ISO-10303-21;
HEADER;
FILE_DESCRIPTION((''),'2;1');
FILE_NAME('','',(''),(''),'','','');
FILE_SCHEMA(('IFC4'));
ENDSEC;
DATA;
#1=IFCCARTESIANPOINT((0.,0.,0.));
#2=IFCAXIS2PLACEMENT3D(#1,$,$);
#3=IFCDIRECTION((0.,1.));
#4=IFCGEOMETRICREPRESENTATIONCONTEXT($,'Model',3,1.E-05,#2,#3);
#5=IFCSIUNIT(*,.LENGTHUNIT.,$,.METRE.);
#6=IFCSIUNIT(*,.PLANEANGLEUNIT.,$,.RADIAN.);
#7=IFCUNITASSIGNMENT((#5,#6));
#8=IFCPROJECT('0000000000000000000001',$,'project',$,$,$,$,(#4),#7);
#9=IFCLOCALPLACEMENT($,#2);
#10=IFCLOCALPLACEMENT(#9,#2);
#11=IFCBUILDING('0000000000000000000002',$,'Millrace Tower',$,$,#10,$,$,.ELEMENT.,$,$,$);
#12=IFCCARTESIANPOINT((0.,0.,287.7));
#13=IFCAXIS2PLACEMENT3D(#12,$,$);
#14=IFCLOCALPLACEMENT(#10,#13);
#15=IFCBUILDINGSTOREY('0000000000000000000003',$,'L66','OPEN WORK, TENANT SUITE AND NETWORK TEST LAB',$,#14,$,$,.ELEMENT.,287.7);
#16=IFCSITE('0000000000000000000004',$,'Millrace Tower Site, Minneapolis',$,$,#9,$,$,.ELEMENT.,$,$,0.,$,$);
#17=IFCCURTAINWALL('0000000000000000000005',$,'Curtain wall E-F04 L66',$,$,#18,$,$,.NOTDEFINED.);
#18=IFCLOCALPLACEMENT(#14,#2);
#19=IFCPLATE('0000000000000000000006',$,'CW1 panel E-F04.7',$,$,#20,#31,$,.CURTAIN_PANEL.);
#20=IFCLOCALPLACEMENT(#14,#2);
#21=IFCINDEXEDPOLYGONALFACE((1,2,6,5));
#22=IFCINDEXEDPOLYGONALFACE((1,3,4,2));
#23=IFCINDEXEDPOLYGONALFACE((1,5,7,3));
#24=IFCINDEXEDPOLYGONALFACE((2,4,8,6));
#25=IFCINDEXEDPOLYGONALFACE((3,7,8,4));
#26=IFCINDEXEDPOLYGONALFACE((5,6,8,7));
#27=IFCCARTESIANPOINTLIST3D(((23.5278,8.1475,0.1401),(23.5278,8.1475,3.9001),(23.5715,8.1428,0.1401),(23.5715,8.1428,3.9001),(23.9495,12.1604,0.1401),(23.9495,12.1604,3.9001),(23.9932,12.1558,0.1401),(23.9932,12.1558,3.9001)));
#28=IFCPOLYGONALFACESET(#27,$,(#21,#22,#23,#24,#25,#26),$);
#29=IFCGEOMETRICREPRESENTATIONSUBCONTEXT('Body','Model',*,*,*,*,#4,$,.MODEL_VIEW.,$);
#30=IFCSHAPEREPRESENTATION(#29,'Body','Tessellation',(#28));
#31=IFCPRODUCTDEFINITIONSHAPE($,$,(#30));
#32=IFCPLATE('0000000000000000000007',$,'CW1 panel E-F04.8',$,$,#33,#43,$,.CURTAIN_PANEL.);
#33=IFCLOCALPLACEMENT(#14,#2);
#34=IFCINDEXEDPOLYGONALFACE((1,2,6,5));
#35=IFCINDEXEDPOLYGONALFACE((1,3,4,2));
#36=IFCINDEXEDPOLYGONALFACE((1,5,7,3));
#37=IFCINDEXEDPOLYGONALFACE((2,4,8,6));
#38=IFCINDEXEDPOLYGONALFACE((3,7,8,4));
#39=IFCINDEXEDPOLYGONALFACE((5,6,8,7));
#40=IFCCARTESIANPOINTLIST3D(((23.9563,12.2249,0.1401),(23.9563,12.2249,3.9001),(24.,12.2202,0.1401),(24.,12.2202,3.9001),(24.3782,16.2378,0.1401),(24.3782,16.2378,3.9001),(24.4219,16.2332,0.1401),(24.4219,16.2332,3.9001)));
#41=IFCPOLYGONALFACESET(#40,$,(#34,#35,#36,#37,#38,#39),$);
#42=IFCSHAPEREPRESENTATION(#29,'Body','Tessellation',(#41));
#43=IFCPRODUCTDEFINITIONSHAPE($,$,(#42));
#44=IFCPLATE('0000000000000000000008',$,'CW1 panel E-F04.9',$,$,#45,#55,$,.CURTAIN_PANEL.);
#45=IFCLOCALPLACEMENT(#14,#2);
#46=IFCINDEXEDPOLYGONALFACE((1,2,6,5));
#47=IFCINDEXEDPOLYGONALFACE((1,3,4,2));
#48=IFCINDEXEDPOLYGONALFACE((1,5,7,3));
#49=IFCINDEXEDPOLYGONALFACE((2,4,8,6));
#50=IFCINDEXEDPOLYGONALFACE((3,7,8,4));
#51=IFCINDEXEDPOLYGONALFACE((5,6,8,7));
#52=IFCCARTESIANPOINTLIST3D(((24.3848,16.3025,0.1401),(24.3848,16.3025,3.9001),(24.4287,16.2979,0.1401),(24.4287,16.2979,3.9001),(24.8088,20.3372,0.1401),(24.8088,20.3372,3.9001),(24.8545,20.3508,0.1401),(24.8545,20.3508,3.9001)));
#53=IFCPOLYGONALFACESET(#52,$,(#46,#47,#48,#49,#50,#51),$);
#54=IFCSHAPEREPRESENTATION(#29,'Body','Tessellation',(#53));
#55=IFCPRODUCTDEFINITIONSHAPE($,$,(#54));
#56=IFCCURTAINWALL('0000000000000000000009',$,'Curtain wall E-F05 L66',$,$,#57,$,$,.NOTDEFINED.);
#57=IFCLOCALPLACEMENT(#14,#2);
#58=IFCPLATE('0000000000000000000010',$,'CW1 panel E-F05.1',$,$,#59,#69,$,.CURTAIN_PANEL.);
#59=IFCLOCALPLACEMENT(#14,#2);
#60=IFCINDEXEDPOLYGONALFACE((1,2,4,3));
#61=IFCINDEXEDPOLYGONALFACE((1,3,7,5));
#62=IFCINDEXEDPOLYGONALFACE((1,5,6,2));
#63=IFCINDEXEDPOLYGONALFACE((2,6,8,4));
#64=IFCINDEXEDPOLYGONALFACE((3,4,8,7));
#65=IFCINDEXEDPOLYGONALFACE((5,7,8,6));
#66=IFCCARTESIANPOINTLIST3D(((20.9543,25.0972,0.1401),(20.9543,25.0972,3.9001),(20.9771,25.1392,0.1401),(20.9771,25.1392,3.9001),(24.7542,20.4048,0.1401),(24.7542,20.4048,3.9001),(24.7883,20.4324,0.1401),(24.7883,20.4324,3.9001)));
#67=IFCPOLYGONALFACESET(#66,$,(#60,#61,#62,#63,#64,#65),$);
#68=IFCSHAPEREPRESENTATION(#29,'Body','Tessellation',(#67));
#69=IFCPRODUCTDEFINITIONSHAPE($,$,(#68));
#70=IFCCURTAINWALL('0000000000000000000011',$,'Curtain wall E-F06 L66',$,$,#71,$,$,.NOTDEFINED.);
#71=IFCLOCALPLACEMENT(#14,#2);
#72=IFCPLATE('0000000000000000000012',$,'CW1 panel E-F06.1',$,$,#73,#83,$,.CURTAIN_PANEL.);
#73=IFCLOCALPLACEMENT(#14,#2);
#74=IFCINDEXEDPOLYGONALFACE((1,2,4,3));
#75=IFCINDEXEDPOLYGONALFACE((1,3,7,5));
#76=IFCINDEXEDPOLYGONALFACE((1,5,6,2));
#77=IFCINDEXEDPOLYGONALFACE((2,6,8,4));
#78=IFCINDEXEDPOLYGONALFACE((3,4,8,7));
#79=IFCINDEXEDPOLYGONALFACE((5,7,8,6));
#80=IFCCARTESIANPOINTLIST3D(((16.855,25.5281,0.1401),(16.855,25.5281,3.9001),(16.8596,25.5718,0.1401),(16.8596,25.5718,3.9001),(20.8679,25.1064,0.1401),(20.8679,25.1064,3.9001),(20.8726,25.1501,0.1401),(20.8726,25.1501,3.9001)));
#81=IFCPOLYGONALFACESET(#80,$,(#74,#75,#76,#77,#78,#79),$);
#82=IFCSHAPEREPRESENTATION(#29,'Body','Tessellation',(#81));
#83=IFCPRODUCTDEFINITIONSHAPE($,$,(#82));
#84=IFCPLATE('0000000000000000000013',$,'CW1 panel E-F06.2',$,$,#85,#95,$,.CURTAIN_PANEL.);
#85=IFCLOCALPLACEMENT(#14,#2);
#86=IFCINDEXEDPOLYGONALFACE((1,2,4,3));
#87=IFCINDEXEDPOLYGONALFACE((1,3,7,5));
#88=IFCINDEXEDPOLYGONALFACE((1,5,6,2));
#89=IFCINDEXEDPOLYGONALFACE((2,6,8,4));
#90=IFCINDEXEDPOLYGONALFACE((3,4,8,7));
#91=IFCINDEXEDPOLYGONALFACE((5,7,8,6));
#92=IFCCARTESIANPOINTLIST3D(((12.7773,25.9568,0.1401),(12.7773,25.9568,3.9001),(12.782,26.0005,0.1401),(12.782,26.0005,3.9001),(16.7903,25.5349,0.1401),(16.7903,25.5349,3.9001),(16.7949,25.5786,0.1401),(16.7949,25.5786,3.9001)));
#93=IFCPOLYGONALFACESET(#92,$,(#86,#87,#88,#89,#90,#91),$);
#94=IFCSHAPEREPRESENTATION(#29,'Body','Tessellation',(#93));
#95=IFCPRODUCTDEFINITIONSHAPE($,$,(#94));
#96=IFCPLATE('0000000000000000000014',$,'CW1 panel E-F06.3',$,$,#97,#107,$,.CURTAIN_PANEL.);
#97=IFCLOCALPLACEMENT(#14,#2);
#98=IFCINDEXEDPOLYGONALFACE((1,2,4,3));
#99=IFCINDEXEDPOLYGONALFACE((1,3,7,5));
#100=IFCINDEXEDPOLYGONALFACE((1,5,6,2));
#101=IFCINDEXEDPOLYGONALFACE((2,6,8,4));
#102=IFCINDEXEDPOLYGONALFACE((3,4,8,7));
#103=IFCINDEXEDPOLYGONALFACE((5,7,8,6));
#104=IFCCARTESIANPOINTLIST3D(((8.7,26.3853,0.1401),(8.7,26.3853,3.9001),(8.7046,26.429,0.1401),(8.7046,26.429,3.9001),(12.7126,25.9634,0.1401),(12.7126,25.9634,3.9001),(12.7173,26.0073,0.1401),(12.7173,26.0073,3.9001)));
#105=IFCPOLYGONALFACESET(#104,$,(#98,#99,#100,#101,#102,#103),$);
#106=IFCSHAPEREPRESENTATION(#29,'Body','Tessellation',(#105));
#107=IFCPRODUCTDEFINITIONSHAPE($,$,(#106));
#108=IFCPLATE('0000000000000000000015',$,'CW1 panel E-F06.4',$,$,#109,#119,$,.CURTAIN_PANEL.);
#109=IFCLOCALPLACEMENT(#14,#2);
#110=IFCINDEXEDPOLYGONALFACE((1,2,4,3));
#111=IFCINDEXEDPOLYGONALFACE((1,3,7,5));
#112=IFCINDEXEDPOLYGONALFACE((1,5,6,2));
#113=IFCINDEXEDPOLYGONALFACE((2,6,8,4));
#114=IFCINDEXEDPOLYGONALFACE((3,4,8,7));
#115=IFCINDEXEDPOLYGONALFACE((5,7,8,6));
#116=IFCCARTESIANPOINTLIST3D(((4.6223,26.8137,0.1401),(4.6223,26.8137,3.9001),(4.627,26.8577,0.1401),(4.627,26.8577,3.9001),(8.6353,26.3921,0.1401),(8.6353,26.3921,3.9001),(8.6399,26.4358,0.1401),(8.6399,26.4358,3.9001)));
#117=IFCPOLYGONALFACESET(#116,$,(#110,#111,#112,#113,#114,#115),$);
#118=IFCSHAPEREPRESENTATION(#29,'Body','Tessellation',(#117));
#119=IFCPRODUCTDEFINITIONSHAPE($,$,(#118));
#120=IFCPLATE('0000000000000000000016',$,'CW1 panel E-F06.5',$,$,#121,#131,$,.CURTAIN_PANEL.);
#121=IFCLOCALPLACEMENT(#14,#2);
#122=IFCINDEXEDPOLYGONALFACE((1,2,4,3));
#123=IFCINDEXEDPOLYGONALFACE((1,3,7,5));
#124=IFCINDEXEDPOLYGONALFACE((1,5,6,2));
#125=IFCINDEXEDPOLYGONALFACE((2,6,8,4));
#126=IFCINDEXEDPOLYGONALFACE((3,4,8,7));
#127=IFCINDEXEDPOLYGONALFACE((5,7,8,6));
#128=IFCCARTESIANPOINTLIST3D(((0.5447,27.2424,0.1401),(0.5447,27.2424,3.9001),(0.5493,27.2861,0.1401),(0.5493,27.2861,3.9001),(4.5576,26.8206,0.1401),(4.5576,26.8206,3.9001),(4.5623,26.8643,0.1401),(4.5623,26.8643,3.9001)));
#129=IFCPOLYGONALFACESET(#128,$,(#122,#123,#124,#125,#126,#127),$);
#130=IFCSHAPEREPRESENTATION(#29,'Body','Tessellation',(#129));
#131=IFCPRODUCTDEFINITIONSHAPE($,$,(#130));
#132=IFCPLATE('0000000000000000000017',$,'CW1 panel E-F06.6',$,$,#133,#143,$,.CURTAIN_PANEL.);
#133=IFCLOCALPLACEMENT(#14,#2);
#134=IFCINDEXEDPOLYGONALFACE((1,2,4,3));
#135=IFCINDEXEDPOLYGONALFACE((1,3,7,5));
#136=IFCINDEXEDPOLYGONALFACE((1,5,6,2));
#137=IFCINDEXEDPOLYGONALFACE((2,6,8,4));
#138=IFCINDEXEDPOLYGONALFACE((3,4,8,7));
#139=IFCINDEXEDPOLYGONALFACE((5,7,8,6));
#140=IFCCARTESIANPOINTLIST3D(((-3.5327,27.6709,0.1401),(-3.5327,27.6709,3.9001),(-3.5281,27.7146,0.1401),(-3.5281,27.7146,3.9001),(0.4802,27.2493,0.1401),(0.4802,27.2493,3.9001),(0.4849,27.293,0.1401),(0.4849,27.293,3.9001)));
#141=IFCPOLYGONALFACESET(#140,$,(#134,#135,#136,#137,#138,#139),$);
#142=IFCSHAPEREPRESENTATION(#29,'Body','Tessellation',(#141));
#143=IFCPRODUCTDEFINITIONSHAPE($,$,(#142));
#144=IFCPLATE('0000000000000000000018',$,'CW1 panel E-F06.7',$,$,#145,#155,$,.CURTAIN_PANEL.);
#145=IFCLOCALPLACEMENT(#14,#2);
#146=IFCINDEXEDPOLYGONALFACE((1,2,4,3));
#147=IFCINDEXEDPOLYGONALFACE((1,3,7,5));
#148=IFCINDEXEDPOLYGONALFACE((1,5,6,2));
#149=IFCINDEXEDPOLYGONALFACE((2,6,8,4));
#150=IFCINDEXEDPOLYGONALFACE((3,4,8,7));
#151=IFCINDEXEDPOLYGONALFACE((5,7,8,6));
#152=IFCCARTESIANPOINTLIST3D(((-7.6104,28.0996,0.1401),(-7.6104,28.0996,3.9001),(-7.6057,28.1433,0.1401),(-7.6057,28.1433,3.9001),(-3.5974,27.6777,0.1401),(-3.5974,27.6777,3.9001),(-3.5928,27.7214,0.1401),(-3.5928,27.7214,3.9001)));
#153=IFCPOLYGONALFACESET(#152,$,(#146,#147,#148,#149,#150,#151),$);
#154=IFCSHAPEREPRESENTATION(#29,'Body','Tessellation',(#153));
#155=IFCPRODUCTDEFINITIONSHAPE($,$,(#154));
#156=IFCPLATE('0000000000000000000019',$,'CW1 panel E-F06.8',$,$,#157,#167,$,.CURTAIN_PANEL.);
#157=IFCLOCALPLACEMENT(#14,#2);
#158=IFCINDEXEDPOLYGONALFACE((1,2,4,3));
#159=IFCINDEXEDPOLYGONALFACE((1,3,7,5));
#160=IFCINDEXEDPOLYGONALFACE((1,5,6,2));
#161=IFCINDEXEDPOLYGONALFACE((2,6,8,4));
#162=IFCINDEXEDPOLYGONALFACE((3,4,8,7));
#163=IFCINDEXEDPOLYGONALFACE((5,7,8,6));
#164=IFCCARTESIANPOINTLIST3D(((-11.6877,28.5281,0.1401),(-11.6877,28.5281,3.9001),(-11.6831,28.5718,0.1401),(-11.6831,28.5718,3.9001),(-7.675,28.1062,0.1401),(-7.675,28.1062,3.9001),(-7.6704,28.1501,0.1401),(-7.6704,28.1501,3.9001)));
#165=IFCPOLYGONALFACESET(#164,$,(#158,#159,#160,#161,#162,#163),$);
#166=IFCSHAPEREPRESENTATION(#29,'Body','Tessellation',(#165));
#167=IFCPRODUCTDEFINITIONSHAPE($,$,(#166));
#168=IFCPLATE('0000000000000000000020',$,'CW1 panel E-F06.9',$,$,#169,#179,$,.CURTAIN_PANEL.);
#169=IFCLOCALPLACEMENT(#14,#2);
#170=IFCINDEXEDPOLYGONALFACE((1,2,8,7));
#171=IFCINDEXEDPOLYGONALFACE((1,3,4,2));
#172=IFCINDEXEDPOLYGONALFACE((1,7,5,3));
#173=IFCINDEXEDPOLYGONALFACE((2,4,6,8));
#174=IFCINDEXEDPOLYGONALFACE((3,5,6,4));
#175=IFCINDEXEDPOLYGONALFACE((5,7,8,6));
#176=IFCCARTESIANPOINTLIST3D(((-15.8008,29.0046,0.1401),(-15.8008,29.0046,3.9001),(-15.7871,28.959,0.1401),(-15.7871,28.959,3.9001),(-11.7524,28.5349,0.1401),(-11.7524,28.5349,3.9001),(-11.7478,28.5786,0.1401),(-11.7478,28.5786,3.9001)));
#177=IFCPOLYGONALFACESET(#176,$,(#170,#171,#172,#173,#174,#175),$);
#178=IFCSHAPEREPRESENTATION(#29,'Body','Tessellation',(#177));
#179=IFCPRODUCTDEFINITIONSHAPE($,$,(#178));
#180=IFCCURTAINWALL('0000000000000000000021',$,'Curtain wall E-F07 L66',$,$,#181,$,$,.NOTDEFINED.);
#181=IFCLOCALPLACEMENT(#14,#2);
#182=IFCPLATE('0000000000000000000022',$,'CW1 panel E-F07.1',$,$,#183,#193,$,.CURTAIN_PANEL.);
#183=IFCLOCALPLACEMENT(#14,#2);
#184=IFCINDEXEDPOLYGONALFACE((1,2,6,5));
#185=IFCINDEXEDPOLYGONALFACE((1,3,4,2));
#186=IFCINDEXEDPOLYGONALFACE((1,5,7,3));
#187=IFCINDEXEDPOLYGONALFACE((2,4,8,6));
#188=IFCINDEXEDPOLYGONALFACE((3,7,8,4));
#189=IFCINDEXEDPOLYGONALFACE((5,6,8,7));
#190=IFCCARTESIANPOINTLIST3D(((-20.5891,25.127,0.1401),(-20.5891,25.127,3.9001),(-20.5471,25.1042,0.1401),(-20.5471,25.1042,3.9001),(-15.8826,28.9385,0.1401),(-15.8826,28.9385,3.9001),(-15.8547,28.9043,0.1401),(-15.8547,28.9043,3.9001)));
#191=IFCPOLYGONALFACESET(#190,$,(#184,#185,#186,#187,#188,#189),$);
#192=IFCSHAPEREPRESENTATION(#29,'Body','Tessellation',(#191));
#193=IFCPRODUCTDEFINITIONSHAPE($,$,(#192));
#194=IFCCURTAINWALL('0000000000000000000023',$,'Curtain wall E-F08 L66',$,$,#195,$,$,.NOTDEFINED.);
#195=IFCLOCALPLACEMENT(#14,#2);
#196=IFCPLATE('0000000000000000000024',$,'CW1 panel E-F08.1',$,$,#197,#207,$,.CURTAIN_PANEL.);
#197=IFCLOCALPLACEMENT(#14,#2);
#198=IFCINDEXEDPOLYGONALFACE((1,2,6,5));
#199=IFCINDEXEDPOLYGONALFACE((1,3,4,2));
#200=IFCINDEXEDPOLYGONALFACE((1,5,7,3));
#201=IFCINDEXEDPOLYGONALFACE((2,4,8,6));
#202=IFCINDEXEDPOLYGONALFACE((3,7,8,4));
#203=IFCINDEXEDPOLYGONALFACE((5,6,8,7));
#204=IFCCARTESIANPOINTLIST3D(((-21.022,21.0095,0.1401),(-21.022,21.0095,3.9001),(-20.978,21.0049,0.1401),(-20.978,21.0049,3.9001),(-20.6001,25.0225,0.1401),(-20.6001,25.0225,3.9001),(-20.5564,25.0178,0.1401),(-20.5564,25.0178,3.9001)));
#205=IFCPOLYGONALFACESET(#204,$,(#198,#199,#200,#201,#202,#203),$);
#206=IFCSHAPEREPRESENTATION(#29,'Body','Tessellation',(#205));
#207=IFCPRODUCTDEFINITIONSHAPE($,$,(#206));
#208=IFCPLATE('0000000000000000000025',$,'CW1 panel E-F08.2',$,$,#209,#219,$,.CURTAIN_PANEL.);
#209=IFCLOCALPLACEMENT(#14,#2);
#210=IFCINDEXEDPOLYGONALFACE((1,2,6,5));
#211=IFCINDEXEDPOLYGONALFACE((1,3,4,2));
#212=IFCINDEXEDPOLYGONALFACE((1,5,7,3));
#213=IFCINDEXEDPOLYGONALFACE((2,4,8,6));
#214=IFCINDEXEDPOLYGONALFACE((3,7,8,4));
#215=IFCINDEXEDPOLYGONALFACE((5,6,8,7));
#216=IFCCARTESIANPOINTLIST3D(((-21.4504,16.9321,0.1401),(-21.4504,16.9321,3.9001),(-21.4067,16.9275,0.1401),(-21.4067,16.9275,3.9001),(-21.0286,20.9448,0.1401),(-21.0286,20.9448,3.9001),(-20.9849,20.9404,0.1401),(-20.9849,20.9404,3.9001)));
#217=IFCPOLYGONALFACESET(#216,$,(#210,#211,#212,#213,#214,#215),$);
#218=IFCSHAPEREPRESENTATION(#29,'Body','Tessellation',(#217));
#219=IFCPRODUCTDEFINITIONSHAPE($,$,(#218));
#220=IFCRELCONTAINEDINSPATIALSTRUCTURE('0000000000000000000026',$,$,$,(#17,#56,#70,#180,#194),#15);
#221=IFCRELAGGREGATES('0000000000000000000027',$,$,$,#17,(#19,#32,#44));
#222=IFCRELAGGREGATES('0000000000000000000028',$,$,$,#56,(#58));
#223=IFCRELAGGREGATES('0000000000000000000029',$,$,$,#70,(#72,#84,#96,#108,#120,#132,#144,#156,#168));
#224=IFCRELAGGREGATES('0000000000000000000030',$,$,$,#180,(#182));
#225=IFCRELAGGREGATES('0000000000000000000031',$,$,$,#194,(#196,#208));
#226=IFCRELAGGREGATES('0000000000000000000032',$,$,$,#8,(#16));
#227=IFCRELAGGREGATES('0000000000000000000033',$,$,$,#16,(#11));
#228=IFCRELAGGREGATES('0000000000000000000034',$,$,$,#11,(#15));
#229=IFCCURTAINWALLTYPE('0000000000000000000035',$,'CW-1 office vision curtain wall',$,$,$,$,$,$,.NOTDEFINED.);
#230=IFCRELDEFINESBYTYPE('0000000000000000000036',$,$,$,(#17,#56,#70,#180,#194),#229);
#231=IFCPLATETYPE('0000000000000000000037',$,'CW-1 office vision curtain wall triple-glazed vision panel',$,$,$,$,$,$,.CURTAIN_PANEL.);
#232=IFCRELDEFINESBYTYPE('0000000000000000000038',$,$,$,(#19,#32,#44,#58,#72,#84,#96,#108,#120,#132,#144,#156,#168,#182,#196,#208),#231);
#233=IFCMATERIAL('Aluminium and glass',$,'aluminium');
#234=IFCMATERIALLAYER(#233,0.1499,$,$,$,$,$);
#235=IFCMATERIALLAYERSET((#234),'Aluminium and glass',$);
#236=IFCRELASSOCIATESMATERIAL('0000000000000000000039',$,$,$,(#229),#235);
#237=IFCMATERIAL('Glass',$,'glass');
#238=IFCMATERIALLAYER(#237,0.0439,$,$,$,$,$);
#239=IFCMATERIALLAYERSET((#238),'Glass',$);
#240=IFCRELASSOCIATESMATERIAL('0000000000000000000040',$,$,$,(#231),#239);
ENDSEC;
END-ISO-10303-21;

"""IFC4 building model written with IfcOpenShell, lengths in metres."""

from ifc_helpers import new_model, si_unit, direction, frame, origin, place, context, subcontext, project, spatial, polyline, outline, extrude, material, layer, layer_set, type_object, element, aggregate, save


model = new_model("IFC4")

# Units and contexts
model_context = context("Model", 3, precision=1e-05, world=origin(), true_north=direction((0.0, 1.0)))
body_context = subcontext(model_context, "Body", "Model", "MODEL_VIEW")
ifc_project = project(units=[si_unit("LENGTHUNIT", "METRE"), si_unit("PLANEANGLEUNIT", "RADIAN")], contexts=[model_context])

# Site, building, storey
site_placement = place(None, origin())
site = spatial("IfcSite", under=ifc_project, at=site_placement, Name="Millrace Tower Site, Minneapolis", CompositionType="ELEMENT", RefElevation=0.0)
building_placement = place(site_placement, origin())
building = spatial("IfcBuilding", under=site, at=building_placement, Name="Millrace Tower", CompositionType="ELEMENT")
storey_placement = place(building_placement, frame((0.0, 0.0, 287.7)))
storey = spatial("IfcBuildingStorey", under=building, at=storey_placement, Name="L66", Description="OPEN WORK, TENANT SUITE AND NETWORK TEST LAB", CompositionType="ELEMENT", Elevation=287.7)

# Curtain wall, plates
ifc_material_1 = material(Name="Aluminium and glass", Category="aluminium")
ifc_layer_1 = layer(ifc_material_1, 0.1499)
ifc_layer_set_1 = layer_set([ifc_layer_1], Name="Aluminium and glass")
curtain_wall_type = type_object("IfcCurtainWallType", Name="CW-1 office vision curtain wall", PredefinedType="NOTDEFINED", material=ifc_layer_set_1)
placement_1 = place(storey_placement, origin())
curtain_wall_1 = element("IfcCurtainWall", 1, at=placement_1, inside=storey, type_object=curtain_wall_type, Name="Curtain wall E-F04 L66", PredefinedType="NOTDEFINED")
ifc_material_2 = material(Name="Glass", Category="glass")
ifc_layer_2 = layer(ifc_material_2, 0.0439)
ifc_layer_set_2 = layer_set([ifc_layer_2], Name="Glass")
plate_type = type_object("IfcPlateType", Name="CW-1 office vision curtain wall triple-glazed vision panel", PredefinedType="CURTAIN_PANEL", material=ifc_layer_set_2)
placement_2 = place(storey_placement, frame((0.0, 0.0, 0.1401)))
plate_1 = element("IfcPlate", 2, at=placement_2, type_object=plate_type, Name="CW1 panel E-F04.7", PredefinedType="CURTAIN_PANEL", context=body_context, shape_type="SweptSolid", body=[
    extrude(outline(polyline([(23.5715, 8.1428), (23.9932, 12.1558), (23.9495, 12.1604), (23.5278, 8.1475), (23.5715, 8.1428)])), origin(), (0.0, 0.0, 1.0), 3.76),
])
plate_2 = element("IfcPlate", 3, at=placement_2, type_object=plate_type, Name="CW1 panel E-F04.8", PredefinedType="CURTAIN_PANEL", context=body_context, shape_type="SweptSolid", body=[
    extrude(outline(polyline([(24.0, 12.2202), (24.4219, 16.2332), (24.3782, 16.2378), (23.9563, 12.2249), (24.0, 12.2202)])), origin(), (0.0, 0.0, 1.0), 3.76),
])
plate_3 = element("IfcPlate", 4, at=placement_2, type_object=plate_type, Name="CW1 panel E-F04.9", PredefinedType="CURTAIN_PANEL", context=body_context, shape_type="SweptSolid", body=[
    extrude(outline(polyline([(24.4287, 16.2979), (24.8545, 20.3508), (24.8088, 20.3372), (24.3848, 16.3025), (24.4287, 16.2979)])), origin(), (0.0, 0.0, 1.0), 3.76),
])
aggregate(curtain_wall_1, [plate_1, plate_2, plate_3])

# Curtain wall, plate
curtain_wall_2 = element("IfcCurtainWall", 5, at=placement_1, inside=storey, type_object=curtain_wall_type, Name="Curtain wall E-F05 L66", PredefinedType="NOTDEFINED")
plate_4 = element("IfcPlate", 6, at=placement_2, type_object=plate_type, Name="CW1 panel E-F05.1", PredefinedType="CURTAIN_PANEL", context=body_context, shape_type="SweptSolid", body=[
    extrude(outline(polyline([(24.7883, 20.4324), (20.9771, 25.1392), (20.9543, 25.0972), (24.7542, 20.4048), (24.7883, 20.4324)])), origin(), (0.0, 0.0, 1.0), 3.76),
])
aggregate(curtain_wall_2, [plate_4])

# Curtain wall, plates
curtain_wall_3 = element("IfcCurtainWall", 7, at=placement_1, inside=storey, type_object=curtain_wall_type, Name="Curtain wall E-F06 L66", PredefinedType="NOTDEFINED")
plate_5 = element("IfcPlate", 8, at=placement_2, type_object=plate_type, Name="CW1 panel E-F06.1", PredefinedType="CURTAIN_PANEL", context=body_context, shape_type="SweptSolid", body=[
    extrude(outline(polyline([(20.8726, 25.1501), (16.8596, 25.5718), (16.855, 25.5281), (20.8679, 25.1064), (20.8726, 25.1501)])), origin(), (0.0, 0.0, 1.0), 3.76),
])
plate_6 = element("IfcPlate", 9, at=placement_2, type_object=plate_type, Name="CW1 panel E-F06.2", PredefinedType="CURTAIN_PANEL", context=body_context, shape_type="SweptSolid", body=[
    extrude(outline(polyline([(16.7949, 25.5786), (12.782, 26.0005), (12.7773, 25.9568), (16.7903, 25.5349), (16.7949, 25.5786)])), origin(), (0.0, 0.0, 1.0), 3.76),
])
plate_7 = element("IfcPlate", 10, at=placement_2, type_object=plate_type, Name="CW1 panel E-F06.3", PredefinedType="CURTAIN_PANEL", context=body_context, shape_type="SweptSolid", body=[
    extrude(outline(polyline([(12.7173, 26.0073), (8.7046, 26.429), (8.7, 26.3853), (12.7126, 25.9634), (12.7173, 26.0073)])), origin(), (0.0, 0.0, 1.0), 3.76),
])
plate_8 = element("IfcPlate", 11, at=placement_2, type_object=plate_type, Name="CW1 panel E-F06.4", PredefinedType="CURTAIN_PANEL", context=body_context, shape_type="SweptSolid", body=[
    extrude(outline(polyline([(8.6399, 26.4358), (4.627, 26.8577), (4.6223, 26.8137), (8.6353, 26.3921), (8.6399, 26.4358)])), origin(), (0.0, 0.0, 1.0), 3.76),
])
plate_9 = element("IfcPlate", 12, at=placement_2, type_object=plate_type, Name="CW1 panel E-F06.5", PredefinedType="CURTAIN_PANEL", context=body_context, shape_type="SweptSolid", body=[
    extrude(outline(polyline([(4.5623, 26.8643), (0.5493, 27.2861), (0.5447, 27.2424), (4.5576, 26.8206), (4.5623, 26.8643)])), origin(), (0.0, 0.0, 1.0), 3.76),
])
plate_10 = element("IfcPlate", 13, at=placement_2, type_object=plate_type, Name="CW1 panel E-F06.6", PredefinedType="CURTAIN_PANEL", context=body_context, shape_type="SweptSolid", body=[
    extrude(outline(polyline([(0.4849, 27.293), (-3.5281, 27.7146), (-3.5327, 27.6709), (0.4802, 27.2493), (0.4849, 27.293)])), origin(), (0.0, 0.0, 1.0), 3.76),
])
plate_11 = element("IfcPlate", 14, at=placement_2, type_object=plate_type, Name="CW1 panel E-F06.7", PredefinedType="CURTAIN_PANEL", context=body_context, shape_type="SweptSolid", body=[
    extrude(outline(polyline([(-3.5928, 27.7214), (-7.6057, 28.1433), (-7.6104, 28.0996), (-3.5974, 27.6777), (-3.5928, 27.7214)])), origin(), (0.0, 0.0, 1.0), 3.76),
])
plate_12 = element("IfcPlate", 15, at=placement_2, type_object=plate_type, Name="CW1 panel E-F06.8", PredefinedType="CURTAIN_PANEL", context=body_context, shape_type="SweptSolid", body=[
    extrude(outline(polyline([(-7.6704, 28.1501), (-11.6831, 28.5718), (-11.6877, 28.5281), (-7.675, 28.1062), (-7.6704, 28.1501)])), origin(), (0.0, 0.0, 1.0), 3.76),
])
plate_13 = element("IfcPlate", 16, at=placement_2, type_object=plate_type, Name="CW1 panel E-F06.9", PredefinedType="CURTAIN_PANEL", context=body_context, shape_type="SweptSolid", body=[
    extrude(outline(polyline([(-11.7478, 28.5786), (-15.8008, 29.0046), (-15.7871, 28.959), (-11.7524, 28.5349), (-11.7478, 28.5786)])), origin(), (0.0, 0.0, 1.0), 3.76),
])
aggregate(curtain_wall_3, [plate_5, plate_6, plate_7, plate_8, plate_9, plate_10, plate_11, plate_12, plate_13])

# Curtain wall, plate
curtain_wall_4 = element("IfcCurtainWall", 17, at=placement_1, inside=storey, type_object=curtain_wall_type, Name="Curtain wall E-F07 L66", PredefinedType="NOTDEFINED")
plate_14 = element("IfcPlate", 18, at=placement_2, type_object=plate_type, Name="CW1 panel E-F07.1", PredefinedType="CURTAIN_PANEL", context=body_context, shape_type="SweptSolid", body=[
    extrude(outline(polyline([(-15.8826, 28.9385), (-20.5891, 25.127), (-20.5471, 25.1042), (-15.8547, 28.9043), (-15.8826, 28.9385)])), origin(), (0.0, 0.0, 1.0), 3.76),
])
aggregate(curtain_wall_4, [plate_14])

# Curtain wall, plates
curtain_wall_5 = element("IfcCurtainWall", 19, at=placement_1, inside=storey, type_object=curtain_wall_type, Name="Curtain wall E-F08 L66", PredefinedType="NOTDEFINED")
plate_15 = element("IfcPlate", 20, at=placement_2, type_object=plate_type, Name="CW1 panel E-F08.1", PredefinedType="CURTAIN_PANEL", context=body_context, shape_type="SweptSolid", body=[
    extrude(outline(polyline([(-20.6001, 25.0225), (-21.022, 21.0095), (-20.978, 21.0049), (-20.5564, 25.0178), (-20.6001, 25.0225)])), origin(), (0.0, 0.0, 1.0), 3.76),
])
plate_16 = element("IfcPlate", 21, at=placement_2, type_object=plate_type, Name="CW1 panel E-F08.2", PredefinedType="CURTAIN_PANEL", context=body_context, shape_type="SweptSolid", body=[
    extrude(outline(polyline([(-21.0286, 20.9448), (-21.4504, 16.9321), (-21.4067, 16.9275), (-20.9849, 20.9404), (-21.0286, 20.9448)])), origin(), (0.0, 0.0, 1.0), 3.76),
])
aggregate(curtain_wall_5, [plate_15, plate_16])

save(model, "model.ifc")
